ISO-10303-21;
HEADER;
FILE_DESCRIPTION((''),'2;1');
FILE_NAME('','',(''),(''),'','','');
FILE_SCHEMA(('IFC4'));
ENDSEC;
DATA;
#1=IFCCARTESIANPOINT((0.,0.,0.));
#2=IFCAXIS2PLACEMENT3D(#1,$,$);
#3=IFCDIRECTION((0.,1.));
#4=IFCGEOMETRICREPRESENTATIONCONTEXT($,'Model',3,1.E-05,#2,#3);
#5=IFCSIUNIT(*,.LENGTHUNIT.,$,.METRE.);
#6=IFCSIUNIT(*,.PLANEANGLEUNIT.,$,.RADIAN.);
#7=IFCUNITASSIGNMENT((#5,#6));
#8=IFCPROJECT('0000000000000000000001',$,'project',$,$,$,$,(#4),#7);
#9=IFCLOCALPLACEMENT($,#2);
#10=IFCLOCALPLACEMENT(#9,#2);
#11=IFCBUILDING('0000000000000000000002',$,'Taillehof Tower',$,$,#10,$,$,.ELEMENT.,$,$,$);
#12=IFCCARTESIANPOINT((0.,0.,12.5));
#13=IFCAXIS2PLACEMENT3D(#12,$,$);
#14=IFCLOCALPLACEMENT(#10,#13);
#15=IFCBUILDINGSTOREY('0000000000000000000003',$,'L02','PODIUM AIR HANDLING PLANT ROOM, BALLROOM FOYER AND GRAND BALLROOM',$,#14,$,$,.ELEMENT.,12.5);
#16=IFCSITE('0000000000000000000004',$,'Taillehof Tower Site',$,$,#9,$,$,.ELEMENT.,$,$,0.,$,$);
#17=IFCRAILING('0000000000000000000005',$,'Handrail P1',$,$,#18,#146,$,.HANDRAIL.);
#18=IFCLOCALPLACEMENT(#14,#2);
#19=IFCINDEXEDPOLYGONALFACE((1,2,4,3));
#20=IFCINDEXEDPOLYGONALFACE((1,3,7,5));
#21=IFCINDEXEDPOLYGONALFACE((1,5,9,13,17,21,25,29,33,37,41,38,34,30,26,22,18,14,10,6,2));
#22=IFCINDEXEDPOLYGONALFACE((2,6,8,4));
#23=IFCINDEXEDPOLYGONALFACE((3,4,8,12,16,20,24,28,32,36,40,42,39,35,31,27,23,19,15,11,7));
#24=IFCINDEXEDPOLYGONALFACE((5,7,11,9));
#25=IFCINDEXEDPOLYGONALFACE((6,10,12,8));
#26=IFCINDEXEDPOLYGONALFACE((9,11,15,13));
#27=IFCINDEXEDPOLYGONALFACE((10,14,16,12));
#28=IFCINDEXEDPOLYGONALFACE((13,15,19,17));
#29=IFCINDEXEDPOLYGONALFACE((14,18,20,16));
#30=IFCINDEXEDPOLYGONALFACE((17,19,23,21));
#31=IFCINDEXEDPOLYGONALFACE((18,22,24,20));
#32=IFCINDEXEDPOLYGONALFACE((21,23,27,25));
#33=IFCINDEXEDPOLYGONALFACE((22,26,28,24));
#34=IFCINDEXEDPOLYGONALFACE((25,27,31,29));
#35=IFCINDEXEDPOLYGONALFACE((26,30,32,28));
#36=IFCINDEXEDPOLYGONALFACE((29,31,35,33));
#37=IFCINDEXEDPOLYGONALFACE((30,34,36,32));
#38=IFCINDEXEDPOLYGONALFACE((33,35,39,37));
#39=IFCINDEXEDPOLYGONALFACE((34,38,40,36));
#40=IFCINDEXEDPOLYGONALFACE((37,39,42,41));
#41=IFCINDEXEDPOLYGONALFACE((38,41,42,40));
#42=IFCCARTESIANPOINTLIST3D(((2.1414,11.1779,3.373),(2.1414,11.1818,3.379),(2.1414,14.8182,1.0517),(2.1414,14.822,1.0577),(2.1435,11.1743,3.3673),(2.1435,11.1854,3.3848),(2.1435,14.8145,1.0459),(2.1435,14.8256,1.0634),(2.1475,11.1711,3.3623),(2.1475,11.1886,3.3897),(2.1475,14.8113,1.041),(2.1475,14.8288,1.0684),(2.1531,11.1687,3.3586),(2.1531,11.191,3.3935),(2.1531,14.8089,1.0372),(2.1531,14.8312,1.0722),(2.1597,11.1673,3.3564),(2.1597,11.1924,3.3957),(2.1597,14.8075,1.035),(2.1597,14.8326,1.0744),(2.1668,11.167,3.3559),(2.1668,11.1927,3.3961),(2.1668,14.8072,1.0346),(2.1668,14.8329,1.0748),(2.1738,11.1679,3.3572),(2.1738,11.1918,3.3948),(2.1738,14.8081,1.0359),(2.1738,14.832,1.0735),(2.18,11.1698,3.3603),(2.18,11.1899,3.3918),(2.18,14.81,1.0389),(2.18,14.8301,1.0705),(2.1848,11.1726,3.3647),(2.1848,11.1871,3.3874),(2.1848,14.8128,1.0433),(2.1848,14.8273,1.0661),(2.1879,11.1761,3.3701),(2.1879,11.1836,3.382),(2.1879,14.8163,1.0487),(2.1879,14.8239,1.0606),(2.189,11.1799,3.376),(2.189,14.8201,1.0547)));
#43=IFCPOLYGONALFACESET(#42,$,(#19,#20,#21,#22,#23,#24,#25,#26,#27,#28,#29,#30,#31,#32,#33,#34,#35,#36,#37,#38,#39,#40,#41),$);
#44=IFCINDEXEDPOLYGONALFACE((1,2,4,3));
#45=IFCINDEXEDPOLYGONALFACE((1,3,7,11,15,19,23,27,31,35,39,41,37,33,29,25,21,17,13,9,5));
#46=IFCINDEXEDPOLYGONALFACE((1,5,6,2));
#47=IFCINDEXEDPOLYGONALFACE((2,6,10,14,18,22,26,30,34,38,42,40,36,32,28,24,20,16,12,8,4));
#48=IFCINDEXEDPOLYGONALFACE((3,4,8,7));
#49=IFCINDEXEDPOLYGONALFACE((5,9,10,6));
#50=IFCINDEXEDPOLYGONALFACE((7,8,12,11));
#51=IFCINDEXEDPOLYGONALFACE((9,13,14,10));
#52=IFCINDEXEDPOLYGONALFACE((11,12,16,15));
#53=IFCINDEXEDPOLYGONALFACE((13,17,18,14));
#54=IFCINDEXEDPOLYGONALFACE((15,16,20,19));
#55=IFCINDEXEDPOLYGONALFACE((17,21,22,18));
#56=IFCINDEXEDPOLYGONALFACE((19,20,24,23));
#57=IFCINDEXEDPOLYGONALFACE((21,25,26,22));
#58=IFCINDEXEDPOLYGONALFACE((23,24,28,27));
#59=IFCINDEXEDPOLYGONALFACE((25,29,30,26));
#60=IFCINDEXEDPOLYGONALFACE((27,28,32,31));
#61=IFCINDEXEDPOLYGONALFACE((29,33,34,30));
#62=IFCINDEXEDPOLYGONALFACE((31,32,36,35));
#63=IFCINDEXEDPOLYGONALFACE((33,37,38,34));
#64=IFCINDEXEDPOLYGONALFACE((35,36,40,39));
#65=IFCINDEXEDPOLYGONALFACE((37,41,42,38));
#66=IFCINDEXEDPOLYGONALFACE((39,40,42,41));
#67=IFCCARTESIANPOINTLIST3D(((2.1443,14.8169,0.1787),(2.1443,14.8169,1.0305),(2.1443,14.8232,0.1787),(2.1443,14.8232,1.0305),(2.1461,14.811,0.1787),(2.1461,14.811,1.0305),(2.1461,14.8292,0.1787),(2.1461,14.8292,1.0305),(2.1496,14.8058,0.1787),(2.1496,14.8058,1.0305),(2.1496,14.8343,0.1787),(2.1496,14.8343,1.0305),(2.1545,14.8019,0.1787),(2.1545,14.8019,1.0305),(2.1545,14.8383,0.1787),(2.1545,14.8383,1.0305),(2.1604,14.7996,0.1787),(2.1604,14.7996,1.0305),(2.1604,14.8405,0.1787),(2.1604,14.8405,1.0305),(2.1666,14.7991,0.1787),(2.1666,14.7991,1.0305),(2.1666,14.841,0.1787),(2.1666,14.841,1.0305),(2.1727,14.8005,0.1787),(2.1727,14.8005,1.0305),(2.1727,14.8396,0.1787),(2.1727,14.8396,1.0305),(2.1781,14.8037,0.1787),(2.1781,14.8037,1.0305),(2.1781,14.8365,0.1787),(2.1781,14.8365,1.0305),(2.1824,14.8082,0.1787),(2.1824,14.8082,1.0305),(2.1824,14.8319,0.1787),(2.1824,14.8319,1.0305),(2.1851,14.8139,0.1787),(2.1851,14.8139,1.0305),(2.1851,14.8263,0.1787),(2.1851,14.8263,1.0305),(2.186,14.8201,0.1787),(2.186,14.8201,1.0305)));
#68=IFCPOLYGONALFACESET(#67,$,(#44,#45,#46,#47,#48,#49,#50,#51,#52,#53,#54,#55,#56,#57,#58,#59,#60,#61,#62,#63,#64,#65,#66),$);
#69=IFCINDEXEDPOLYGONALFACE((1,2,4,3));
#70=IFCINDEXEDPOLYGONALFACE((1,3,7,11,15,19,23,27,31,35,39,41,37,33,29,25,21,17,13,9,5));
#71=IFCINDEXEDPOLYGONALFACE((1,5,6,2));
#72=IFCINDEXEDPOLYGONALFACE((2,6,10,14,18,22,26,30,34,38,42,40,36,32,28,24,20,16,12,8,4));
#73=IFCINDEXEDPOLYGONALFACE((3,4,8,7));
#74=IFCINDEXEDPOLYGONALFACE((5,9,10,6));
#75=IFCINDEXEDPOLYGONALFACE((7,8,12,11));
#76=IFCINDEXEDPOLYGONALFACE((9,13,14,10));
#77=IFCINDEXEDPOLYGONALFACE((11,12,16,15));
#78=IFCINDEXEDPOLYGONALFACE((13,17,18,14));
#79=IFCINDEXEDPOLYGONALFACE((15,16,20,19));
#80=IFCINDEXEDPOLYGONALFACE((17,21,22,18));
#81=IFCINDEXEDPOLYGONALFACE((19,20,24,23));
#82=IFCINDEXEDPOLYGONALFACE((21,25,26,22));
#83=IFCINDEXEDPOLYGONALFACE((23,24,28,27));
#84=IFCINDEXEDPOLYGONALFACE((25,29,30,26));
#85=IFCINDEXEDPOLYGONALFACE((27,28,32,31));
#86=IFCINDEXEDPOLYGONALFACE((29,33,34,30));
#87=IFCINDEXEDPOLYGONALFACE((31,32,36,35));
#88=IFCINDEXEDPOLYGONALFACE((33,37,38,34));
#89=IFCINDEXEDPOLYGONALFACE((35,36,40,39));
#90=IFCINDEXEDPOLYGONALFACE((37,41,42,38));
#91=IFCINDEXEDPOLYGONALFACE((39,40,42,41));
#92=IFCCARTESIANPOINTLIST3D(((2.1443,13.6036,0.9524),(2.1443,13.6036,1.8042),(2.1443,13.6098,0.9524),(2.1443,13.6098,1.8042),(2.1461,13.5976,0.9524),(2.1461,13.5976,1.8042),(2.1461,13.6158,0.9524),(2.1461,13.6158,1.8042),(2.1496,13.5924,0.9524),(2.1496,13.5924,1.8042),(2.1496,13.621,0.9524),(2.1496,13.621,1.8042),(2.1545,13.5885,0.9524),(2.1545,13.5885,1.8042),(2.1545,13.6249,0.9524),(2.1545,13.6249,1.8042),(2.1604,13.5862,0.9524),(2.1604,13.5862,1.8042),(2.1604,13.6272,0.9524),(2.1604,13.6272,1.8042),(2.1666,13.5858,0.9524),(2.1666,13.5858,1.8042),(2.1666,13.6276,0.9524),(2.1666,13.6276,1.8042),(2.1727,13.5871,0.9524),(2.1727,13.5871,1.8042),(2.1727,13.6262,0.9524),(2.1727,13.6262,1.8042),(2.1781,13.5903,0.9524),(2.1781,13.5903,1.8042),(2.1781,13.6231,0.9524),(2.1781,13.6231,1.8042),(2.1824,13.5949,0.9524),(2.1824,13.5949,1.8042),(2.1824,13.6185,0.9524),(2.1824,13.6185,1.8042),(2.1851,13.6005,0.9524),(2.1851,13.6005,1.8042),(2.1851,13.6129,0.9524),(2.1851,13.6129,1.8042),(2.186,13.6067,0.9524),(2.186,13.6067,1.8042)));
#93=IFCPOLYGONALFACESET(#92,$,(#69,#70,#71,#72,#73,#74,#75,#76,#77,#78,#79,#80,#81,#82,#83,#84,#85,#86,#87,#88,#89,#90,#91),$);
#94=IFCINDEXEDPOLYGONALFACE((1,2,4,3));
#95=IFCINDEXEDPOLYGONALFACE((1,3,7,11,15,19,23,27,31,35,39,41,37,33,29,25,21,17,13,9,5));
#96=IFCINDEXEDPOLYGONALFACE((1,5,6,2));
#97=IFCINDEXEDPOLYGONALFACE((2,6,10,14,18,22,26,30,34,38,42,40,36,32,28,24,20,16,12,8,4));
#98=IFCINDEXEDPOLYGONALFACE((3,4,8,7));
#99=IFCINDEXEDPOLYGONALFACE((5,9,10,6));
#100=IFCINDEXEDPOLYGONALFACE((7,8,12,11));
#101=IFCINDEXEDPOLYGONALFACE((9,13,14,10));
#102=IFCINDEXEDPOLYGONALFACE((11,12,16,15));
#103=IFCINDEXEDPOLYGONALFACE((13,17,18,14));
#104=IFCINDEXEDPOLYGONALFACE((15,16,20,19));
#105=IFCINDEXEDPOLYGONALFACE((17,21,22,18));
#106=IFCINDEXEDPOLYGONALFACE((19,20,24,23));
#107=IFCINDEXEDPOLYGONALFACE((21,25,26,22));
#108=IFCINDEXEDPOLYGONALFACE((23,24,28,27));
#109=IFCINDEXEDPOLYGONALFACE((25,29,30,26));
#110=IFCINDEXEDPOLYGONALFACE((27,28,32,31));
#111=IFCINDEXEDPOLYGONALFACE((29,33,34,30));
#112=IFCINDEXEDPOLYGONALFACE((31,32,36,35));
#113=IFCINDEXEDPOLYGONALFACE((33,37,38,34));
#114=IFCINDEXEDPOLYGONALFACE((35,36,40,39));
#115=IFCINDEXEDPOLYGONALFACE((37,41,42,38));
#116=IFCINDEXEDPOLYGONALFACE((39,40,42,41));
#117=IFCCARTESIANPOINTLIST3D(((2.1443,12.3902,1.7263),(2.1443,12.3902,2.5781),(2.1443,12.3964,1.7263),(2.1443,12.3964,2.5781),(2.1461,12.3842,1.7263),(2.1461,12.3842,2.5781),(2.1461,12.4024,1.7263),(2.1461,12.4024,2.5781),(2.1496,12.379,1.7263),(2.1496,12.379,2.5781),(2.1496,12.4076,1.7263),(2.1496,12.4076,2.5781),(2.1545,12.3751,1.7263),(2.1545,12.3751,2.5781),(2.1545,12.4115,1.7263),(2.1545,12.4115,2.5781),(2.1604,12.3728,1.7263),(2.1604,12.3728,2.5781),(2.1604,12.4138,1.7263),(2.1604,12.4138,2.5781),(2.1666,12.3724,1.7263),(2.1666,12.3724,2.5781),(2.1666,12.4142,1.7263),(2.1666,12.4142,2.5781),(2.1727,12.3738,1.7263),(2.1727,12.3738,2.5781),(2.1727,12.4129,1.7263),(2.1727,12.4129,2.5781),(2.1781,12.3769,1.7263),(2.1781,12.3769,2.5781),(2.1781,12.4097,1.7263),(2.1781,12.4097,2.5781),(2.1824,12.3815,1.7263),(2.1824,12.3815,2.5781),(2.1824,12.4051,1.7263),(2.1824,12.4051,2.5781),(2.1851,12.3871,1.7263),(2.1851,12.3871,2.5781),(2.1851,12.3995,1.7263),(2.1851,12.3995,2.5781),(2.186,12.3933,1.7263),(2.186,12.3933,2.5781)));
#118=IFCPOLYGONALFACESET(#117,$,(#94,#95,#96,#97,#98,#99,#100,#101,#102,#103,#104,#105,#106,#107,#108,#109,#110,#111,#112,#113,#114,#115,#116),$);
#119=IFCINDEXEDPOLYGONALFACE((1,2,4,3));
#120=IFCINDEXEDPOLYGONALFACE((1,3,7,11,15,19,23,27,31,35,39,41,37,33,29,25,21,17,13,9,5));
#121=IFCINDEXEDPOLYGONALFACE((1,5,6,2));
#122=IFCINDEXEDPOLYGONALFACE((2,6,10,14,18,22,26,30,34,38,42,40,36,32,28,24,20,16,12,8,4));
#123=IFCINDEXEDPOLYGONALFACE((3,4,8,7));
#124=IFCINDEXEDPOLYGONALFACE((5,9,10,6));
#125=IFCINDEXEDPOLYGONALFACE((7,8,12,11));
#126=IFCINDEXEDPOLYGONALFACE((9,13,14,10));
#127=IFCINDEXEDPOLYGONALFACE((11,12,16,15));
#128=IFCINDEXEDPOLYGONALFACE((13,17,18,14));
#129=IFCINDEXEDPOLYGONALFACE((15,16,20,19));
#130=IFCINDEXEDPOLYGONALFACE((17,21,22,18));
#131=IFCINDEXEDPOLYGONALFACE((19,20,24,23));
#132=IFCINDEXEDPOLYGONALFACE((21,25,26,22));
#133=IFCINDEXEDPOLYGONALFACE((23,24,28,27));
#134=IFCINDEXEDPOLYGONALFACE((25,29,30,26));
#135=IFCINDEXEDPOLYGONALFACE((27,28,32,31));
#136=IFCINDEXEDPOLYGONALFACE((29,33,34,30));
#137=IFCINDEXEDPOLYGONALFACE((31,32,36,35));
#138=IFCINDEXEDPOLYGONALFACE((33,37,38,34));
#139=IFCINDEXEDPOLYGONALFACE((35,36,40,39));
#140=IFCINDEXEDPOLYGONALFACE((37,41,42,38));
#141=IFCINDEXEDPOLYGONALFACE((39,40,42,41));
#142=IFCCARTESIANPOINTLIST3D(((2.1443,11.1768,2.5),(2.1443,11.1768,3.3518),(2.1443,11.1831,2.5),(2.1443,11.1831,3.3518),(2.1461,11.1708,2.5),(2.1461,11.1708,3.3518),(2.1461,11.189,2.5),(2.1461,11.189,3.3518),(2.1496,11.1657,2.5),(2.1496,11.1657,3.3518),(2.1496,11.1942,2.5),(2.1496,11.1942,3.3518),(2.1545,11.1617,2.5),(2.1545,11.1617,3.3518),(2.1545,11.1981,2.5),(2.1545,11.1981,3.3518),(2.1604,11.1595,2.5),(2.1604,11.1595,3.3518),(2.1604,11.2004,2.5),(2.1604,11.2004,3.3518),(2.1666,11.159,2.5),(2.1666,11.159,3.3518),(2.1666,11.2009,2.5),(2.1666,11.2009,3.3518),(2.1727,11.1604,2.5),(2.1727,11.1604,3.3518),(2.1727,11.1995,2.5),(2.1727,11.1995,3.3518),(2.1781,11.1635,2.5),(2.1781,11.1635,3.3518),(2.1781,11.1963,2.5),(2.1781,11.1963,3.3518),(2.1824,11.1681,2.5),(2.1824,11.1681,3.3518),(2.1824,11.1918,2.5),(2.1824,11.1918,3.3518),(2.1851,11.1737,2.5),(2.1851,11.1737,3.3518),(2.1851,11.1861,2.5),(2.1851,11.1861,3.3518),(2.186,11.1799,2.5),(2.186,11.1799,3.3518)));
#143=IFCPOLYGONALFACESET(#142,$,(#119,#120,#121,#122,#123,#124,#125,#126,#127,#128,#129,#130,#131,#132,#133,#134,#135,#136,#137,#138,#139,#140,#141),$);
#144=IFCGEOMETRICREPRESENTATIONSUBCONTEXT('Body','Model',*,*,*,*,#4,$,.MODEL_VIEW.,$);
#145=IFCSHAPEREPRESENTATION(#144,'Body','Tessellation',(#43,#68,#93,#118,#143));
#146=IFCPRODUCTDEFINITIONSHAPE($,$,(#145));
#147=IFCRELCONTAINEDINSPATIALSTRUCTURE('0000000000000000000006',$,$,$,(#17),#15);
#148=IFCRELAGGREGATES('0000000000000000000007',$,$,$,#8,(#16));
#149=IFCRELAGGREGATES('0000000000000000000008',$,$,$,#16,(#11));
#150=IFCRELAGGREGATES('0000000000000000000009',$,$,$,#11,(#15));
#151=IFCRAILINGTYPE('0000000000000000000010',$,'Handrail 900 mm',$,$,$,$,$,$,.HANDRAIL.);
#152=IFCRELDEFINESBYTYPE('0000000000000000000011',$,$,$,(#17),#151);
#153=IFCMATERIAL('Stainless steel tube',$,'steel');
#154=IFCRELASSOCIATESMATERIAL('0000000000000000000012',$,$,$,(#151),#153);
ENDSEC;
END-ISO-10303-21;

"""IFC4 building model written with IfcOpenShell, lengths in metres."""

from ifc_helpers import new_model, si_unit, direction, frame, origin, origin_2d, place, context, subcontext, project, spatial, circle, extrude, material, type_object, element, save


model = new_model("IFC4")

# Units and contexts
model_context = context("Model", 3, precision=1e-05, world=origin(), true_north=direction((0.0, 1.0)))
body_context = subcontext(model_context, "Body", "Model", "MODEL_VIEW")
ifc_project = project(units=[si_unit("LENGTHUNIT", "METRE"), si_unit("PLANEANGLEUNIT", "RADIAN")], contexts=[model_context])

# Site, building, storey
site_placement = place(None, origin())
site = spatial("IfcSite", under=ifc_project, at=site_placement, Name="Taillehof Tower Site", CompositionType="ELEMENT", RefElevation=0.0)
building_placement = place(site_placement, origin())
building = spatial("IfcBuilding", under=site, at=building_placement, Name="Taillehof Tower", CompositionType="ELEMENT")
storey_placement = place(building_placement, frame((0.0, 0.0, 12.5)))
storey = spatial("IfcBuildingStorey", under=building, at=storey_placement, Name="L02", Description="PODIUM AIR HANDLING PLANT ROOM, BALLROOM FOYER AND GRAND BALLROOM", CompositionType="ELEMENT", Elevation=12.5)

# Railing
ifc_material_1 = material(Name="Stainless steel tube", Category="steel")
railing_type_1 = type_object("IfcRailingType", Name="Handrail 900 mm", PredefinedType="HANDRAIL", material=ifc_material_1)
for number, where, name in (
    (1, (2.165, 14.8201, 0.1787), "Handrail P1"),
):
    element("IfcRailing", number, at=place(storey_placement, frame(where)), inside=storey, type_object=railing_type_1, Name=name, PredefinedType="HANDRAIL", context=body_context, shape_type="SweptSolid", body=[
        extrude(circle(Radius=0.0239, at=origin_2d()), frame((0.0, 0.0, 0.876), z_axis=(0.0, -0.843153, 0.537673), x_axis=(1.0, 0.0, 0.0)), (0.0, 0.0, 1.0), 4.3174),
        extrude(circle(Radius=0.021, at=origin_2d()), origin(), (0.0, 0.0, 1.0), 0.8518),
        extrude(circle(Radius=0.021, at=origin_2d()), frame((0.0, -1.2134, 0.7737)), (0.0, 0.0, 1.0), 0.8518),
        extrude(circle(Radius=0.021, at=origin_2d()), frame((0.0, -2.4268, 1.5476)), (0.0, 0.0, 1.0), 0.8518),
        extrude(circle(Radius=0.021, at=origin_2d()), frame((0.0, -3.6401, 2.3213)), (0.0, 0.0, 1.0), 0.8518),
    ])

save(model, "model.ifc")
